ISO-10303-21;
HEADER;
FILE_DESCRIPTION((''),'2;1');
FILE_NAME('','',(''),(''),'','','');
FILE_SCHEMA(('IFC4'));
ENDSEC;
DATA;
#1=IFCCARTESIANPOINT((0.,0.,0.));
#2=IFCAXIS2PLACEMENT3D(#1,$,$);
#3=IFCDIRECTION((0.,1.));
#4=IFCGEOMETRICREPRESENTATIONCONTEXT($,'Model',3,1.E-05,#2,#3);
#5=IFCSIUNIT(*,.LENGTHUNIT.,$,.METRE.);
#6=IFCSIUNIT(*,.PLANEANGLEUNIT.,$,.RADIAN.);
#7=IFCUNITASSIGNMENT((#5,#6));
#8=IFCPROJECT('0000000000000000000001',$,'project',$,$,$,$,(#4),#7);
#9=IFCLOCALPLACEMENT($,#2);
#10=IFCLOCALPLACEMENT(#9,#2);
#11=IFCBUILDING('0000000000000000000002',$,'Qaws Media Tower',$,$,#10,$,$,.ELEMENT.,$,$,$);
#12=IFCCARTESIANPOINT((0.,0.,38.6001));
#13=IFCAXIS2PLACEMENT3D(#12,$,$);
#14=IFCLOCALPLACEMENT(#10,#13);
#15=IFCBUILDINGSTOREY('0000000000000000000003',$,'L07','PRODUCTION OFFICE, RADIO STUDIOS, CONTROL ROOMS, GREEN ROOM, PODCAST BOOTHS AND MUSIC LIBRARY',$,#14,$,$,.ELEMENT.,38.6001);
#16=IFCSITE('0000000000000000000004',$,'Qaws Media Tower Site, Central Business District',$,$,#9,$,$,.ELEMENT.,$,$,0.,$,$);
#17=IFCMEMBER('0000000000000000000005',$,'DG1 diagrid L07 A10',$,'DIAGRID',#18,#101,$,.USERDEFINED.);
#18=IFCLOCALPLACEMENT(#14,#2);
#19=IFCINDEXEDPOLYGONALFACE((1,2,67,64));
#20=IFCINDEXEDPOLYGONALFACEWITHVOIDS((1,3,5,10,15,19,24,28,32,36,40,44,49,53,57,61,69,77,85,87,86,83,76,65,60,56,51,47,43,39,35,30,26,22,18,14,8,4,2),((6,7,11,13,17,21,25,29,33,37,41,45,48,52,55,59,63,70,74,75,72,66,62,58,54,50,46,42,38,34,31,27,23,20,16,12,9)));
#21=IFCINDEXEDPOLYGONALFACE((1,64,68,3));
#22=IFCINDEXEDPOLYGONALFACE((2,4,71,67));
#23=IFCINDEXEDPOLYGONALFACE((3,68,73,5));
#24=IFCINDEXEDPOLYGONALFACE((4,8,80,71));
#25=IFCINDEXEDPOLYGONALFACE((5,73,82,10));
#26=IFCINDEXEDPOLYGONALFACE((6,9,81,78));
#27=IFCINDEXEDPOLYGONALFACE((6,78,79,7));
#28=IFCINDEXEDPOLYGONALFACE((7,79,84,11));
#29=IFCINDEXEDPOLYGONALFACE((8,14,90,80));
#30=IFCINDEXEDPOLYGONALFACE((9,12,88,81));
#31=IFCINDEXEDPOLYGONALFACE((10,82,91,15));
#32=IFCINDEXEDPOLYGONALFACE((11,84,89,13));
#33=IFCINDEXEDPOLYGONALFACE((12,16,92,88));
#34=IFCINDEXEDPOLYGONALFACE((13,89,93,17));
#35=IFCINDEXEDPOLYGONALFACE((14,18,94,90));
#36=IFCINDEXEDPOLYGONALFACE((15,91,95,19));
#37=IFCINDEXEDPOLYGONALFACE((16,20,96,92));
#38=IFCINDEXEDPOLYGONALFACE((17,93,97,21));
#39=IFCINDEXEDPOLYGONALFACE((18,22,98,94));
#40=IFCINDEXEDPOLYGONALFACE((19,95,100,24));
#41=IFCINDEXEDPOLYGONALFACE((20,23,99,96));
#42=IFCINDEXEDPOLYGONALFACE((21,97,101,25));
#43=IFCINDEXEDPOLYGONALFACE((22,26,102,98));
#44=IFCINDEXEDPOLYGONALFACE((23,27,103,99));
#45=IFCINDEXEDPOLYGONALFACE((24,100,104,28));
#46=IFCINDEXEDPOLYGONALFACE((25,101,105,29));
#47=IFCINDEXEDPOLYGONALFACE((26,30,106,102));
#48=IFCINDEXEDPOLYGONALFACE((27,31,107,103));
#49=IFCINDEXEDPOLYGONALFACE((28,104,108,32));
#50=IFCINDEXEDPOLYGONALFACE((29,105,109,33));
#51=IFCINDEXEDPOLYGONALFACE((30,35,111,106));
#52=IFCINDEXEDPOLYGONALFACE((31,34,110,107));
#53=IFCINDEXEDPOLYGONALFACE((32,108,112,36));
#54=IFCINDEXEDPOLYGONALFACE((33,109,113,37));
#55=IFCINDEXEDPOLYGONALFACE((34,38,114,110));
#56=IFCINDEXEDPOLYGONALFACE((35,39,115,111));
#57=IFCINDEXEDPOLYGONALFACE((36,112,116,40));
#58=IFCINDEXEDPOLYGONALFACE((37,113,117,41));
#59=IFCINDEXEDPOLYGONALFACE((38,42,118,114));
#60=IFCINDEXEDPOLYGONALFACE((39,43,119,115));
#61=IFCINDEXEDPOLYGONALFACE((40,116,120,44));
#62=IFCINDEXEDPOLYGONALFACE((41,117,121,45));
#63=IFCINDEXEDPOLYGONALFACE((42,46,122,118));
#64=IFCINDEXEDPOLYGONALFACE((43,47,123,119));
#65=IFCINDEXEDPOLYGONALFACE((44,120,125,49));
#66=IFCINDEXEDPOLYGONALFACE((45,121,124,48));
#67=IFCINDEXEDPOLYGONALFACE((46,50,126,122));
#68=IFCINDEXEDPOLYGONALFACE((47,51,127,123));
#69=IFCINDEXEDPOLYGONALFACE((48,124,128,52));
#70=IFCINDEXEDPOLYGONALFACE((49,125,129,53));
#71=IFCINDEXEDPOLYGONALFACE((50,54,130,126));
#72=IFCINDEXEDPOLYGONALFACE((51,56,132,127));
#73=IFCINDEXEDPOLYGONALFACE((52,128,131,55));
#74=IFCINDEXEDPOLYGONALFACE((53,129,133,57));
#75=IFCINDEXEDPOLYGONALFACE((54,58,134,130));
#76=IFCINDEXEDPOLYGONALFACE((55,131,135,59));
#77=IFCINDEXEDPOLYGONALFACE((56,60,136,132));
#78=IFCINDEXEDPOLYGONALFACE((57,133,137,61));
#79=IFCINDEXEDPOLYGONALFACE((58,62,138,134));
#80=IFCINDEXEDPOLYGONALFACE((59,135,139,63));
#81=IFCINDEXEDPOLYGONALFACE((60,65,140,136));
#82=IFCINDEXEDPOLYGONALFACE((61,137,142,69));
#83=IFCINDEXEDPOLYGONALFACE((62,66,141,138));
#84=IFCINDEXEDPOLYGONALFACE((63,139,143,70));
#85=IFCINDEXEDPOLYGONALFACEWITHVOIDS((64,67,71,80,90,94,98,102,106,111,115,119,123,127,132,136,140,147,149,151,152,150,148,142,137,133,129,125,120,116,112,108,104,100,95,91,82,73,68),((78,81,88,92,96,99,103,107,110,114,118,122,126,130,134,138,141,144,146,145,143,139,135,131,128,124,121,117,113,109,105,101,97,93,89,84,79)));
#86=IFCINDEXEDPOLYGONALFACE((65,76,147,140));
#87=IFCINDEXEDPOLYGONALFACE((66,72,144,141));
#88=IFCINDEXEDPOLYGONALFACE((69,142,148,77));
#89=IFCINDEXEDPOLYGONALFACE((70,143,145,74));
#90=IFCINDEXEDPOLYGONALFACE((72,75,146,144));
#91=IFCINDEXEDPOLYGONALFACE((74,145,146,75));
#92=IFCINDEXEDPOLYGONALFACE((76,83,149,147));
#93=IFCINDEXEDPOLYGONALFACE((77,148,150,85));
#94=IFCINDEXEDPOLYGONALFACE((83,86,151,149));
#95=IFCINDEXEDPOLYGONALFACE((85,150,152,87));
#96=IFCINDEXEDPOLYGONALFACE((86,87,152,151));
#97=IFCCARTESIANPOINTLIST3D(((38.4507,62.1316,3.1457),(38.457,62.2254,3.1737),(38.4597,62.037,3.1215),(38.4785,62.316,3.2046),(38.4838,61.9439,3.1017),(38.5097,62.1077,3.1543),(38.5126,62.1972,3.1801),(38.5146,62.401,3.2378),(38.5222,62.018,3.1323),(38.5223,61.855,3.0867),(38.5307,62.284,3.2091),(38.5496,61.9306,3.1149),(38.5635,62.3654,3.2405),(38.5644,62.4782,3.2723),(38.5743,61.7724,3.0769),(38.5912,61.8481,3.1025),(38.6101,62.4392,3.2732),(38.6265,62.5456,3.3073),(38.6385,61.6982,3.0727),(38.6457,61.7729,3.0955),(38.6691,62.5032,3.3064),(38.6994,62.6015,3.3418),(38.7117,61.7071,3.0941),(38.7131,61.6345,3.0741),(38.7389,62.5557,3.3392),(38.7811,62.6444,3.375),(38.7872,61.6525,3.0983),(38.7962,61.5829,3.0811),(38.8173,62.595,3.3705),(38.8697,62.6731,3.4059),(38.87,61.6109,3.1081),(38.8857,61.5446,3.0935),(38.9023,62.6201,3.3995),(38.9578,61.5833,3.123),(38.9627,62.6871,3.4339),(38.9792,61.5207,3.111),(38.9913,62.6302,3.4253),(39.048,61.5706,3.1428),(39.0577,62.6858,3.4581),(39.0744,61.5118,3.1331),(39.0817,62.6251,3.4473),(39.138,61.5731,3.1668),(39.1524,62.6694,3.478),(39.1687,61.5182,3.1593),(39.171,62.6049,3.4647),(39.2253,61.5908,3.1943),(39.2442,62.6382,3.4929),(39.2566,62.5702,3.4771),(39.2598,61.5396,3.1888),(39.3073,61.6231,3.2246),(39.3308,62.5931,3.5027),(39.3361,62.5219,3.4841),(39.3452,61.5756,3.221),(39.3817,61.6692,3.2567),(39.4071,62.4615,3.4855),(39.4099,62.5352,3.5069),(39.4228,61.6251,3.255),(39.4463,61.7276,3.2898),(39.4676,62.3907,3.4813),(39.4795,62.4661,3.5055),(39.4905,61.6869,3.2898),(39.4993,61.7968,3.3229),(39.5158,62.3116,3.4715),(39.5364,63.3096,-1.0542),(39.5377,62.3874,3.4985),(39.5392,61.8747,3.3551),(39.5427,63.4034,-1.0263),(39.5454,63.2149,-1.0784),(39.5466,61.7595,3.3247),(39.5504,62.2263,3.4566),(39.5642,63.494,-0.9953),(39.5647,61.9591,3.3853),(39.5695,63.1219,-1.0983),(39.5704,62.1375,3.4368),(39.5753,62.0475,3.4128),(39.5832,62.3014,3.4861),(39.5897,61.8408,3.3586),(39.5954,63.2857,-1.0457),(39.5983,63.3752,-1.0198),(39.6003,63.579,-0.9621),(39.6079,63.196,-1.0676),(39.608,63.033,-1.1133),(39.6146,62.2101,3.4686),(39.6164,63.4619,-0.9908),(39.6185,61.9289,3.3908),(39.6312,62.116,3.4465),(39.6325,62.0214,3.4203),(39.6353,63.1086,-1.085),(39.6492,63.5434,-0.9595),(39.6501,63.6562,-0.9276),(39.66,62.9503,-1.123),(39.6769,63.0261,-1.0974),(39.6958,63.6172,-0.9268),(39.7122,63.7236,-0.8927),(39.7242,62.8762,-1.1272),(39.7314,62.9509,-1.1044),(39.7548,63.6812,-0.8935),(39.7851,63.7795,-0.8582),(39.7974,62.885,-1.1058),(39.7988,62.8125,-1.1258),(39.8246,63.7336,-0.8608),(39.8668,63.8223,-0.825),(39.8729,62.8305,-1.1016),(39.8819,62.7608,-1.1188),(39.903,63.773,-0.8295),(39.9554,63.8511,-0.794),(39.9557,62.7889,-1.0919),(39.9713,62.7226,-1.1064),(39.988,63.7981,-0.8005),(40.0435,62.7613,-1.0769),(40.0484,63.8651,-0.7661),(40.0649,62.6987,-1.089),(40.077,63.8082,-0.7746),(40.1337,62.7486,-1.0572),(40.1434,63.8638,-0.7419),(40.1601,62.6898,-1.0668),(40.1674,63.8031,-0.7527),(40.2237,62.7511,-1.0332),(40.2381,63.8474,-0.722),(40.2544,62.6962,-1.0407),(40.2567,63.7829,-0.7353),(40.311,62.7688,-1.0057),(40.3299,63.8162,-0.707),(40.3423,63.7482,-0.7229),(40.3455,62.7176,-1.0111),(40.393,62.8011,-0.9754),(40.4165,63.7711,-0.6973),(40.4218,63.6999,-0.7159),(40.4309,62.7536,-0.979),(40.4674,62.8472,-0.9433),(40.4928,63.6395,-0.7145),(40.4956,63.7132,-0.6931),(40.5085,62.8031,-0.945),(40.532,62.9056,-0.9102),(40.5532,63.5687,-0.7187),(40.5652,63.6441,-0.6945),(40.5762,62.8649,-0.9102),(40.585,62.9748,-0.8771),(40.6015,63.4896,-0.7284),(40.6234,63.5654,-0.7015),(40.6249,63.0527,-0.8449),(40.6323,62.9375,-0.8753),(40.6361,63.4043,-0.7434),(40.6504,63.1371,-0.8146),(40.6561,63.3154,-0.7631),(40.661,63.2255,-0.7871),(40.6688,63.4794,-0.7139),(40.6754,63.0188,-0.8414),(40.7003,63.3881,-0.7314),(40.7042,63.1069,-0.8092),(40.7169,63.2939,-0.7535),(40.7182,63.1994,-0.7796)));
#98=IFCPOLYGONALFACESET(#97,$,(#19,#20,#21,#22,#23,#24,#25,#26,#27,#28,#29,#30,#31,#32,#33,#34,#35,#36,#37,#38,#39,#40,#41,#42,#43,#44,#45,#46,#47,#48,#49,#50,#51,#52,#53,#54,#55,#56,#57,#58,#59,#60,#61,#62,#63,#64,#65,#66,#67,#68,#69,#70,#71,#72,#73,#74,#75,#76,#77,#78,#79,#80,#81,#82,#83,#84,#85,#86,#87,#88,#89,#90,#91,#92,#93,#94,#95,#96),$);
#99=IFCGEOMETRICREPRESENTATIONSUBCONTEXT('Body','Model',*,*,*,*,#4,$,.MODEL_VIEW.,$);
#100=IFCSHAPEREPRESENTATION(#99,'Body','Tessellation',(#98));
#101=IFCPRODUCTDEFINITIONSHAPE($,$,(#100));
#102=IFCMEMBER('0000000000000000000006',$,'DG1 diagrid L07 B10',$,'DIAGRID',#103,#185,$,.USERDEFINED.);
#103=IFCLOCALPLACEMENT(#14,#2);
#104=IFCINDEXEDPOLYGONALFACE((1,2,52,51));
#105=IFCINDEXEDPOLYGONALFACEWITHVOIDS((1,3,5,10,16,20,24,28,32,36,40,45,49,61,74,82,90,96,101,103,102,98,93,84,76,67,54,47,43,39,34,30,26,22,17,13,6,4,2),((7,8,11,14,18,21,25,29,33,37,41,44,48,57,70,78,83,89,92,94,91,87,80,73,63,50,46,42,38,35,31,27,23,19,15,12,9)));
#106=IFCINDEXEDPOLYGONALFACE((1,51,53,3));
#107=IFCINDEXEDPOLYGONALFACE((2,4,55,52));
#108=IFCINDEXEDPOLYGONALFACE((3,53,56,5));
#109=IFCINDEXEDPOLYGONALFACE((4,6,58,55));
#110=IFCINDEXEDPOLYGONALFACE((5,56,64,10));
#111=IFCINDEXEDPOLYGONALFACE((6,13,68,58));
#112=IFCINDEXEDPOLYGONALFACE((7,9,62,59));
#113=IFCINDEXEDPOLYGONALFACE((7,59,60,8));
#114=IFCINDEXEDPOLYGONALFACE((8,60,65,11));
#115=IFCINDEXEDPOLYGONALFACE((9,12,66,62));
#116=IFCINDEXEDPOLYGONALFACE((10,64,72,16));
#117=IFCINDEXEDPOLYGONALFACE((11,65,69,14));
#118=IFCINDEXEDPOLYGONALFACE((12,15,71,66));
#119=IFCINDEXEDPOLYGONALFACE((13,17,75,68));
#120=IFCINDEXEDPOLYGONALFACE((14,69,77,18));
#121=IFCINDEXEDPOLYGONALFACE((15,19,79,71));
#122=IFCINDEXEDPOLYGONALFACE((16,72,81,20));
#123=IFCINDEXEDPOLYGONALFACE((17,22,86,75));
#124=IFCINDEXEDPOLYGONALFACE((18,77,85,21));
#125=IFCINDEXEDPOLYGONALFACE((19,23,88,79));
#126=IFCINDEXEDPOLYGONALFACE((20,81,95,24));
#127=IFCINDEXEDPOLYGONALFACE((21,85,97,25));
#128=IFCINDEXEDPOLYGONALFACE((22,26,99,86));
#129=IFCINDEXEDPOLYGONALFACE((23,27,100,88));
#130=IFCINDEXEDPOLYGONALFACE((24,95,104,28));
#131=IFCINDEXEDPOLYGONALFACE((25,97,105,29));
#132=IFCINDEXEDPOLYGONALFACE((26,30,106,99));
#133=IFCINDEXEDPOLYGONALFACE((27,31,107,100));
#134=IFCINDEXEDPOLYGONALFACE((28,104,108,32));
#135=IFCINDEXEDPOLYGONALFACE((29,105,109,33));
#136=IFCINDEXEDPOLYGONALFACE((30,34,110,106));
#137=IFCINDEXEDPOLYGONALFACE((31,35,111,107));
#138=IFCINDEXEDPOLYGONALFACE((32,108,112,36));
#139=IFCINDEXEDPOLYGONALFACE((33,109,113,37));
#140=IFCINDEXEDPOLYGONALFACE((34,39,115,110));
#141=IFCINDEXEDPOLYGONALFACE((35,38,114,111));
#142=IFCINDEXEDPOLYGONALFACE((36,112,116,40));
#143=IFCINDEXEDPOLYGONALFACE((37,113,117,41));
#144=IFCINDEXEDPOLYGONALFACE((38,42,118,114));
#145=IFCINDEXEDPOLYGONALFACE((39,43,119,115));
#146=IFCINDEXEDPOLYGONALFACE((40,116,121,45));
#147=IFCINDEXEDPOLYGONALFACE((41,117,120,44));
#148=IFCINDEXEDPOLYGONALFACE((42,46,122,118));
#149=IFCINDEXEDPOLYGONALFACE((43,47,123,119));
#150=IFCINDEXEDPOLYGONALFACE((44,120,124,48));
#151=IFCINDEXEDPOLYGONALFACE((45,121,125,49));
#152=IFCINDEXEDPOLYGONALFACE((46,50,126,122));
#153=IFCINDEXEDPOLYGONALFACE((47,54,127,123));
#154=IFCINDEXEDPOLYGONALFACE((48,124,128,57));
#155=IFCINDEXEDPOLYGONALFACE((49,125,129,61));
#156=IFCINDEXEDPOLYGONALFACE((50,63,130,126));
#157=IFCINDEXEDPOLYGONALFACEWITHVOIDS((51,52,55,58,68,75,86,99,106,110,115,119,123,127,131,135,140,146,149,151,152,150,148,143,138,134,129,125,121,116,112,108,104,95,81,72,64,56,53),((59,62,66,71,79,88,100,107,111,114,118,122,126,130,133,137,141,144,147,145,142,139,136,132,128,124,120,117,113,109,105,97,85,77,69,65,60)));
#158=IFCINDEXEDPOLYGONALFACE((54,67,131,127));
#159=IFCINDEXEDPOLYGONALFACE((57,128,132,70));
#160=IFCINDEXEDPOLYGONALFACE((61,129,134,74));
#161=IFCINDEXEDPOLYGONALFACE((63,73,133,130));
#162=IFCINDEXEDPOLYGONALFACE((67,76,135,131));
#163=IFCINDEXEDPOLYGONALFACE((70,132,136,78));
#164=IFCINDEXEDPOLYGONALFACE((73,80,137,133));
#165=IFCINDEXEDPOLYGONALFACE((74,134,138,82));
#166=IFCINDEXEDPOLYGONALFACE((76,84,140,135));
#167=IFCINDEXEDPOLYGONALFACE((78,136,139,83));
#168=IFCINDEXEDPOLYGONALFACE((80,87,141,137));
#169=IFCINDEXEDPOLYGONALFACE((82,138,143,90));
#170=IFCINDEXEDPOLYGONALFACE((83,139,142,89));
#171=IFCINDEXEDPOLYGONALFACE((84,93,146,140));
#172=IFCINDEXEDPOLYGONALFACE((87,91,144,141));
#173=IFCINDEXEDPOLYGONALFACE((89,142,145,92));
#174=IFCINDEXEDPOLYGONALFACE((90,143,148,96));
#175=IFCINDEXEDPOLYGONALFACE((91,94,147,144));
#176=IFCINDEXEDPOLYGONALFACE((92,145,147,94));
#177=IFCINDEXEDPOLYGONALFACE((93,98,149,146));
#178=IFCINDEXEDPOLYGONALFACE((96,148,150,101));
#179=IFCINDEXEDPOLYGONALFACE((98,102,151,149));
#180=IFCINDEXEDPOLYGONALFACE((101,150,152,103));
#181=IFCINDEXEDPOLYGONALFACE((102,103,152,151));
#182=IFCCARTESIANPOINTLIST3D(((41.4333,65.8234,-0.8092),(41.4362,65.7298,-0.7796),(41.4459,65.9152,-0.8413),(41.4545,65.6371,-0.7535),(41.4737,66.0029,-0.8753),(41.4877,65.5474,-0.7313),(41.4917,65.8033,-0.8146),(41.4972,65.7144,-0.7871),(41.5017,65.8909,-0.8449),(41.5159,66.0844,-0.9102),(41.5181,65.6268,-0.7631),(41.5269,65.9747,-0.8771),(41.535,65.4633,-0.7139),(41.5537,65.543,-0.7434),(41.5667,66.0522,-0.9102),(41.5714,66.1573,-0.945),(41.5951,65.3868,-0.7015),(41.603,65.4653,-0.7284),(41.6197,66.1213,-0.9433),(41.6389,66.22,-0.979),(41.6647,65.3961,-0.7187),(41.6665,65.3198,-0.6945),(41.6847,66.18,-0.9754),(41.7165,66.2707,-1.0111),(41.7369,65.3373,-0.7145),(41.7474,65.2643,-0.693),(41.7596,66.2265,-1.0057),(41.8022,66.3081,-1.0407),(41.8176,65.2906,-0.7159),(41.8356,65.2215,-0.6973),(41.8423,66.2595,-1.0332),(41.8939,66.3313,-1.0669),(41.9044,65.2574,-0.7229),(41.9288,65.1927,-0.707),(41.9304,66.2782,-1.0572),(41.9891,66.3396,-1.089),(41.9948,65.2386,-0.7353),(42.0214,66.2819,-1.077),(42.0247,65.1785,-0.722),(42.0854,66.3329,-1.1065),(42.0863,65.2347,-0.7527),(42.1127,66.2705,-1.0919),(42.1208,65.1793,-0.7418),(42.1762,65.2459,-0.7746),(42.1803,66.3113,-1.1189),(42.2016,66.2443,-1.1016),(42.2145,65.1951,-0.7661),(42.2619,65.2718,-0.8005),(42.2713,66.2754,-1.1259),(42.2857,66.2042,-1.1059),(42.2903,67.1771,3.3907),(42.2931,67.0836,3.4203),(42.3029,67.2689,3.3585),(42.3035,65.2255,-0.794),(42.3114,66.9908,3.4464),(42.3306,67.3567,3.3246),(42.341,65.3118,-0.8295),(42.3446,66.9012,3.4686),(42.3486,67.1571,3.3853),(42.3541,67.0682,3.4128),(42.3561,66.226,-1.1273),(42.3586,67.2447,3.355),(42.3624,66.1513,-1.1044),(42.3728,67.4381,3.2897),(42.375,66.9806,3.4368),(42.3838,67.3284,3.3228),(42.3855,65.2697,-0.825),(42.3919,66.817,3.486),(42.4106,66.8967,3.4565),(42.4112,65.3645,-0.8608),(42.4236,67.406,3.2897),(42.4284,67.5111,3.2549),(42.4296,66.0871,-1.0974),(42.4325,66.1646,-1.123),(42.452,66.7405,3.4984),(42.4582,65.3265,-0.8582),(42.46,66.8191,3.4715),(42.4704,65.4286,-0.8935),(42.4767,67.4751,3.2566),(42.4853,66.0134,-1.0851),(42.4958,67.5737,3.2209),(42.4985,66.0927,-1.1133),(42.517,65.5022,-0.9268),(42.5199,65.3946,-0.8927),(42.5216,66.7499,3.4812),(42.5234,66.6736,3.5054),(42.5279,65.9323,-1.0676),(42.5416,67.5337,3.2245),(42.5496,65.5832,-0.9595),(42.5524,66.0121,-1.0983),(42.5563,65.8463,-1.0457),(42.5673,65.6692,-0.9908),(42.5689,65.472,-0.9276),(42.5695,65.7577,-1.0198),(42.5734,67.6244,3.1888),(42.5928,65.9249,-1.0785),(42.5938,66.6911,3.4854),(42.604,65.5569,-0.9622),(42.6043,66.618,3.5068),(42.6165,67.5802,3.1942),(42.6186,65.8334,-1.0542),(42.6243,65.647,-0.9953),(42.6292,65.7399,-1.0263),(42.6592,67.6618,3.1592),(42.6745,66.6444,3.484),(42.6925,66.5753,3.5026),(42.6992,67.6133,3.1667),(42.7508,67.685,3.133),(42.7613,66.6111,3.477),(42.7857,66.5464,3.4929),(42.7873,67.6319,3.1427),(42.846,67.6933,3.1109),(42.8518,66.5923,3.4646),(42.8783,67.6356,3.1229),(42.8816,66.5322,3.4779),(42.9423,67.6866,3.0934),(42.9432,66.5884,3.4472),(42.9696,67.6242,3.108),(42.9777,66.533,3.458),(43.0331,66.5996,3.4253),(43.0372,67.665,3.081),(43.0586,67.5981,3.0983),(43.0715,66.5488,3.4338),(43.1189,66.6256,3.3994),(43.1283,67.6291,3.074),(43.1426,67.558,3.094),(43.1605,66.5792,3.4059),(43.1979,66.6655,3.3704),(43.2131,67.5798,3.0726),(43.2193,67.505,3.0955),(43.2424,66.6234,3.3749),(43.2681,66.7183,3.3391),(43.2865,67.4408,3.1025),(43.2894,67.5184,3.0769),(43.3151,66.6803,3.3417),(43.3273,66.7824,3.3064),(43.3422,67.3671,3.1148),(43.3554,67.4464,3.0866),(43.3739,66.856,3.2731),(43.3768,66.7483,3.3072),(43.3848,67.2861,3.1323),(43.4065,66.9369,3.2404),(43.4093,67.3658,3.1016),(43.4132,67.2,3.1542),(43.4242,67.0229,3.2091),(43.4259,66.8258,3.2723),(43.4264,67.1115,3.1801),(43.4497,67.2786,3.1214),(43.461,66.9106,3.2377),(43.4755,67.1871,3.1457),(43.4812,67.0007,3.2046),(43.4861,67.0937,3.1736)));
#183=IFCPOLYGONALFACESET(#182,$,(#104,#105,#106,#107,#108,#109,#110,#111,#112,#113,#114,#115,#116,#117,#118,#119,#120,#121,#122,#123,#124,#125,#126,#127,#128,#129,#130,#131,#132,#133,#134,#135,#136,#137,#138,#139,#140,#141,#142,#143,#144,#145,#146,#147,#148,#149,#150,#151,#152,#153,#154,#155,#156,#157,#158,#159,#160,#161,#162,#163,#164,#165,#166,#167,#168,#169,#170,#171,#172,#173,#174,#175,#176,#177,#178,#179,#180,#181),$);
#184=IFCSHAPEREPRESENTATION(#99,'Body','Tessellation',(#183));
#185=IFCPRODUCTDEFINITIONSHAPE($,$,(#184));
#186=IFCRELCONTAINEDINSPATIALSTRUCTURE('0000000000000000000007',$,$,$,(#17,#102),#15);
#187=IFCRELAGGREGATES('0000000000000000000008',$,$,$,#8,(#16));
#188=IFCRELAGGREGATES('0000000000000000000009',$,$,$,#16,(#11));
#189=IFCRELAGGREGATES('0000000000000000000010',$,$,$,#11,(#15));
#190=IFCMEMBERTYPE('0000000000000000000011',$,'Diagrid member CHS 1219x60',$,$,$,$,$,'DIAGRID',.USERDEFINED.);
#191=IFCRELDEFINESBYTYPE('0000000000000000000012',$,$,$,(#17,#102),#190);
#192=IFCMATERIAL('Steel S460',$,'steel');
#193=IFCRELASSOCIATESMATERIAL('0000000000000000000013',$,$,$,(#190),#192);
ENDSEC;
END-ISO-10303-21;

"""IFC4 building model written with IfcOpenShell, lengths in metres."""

from ifc_helpers import new_model, si_unit, direction, frame, origin, origin_2d, place, context, subcontext, project, spatial, hollow_circle, extrude, material, material_profile, profile_set, type_object, element, save


model = new_model("IFC4")

# Units and contexts
model_context = context("Model", 3, precision=1e-05, world=origin(), true_north=direction((0.0, 1.0)))
body_context = subcontext(model_context, "Body", "Model", "MODEL_VIEW")
ifc_project = project(units=[si_unit("LENGTHUNIT", "METRE"), si_unit("PLANEANGLEUNIT", "RADIAN")], contexts=[model_context])

# Site, building, storey
site_placement = place(None, origin())
site = spatial("IfcSite", under=ifc_project, at=site_placement, Name="Qaws Media Tower Site, Central Business District", CompositionType="ELEMENT", RefElevation=0.0)
building_placement = place(site_placement, origin())
building = spatial("IfcBuilding", under=site, at=building_placement, Name="Qaws Media Tower", CompositionType="ELEMENT")
storey_placement = place(building_placement, frame((0.0, 0.0, 38.6001)))
storey = spatial("IfcBuildingStorey", under=building, at=storey_placement, Name="L07", Description="PRODUCTION OFFICE, RADIO STUDIOS, CONTROL ROOMS, GREEN ROOM, PODCAST BOOTHS AND MUSIC LIBRARY", CompositionType="ELEMENT", Elevation=38.6001)

# Members
ifc_material_1 = material(Name="Steel S460", Category="steel")
ifc_material_profile_1 = material_profile(ifc_material_1, hollow_circle(Radius=0.6096, WallThickness=0.0601, at=origin_2d()), Name="CHS 1219x60")
ifc_profile_set_1 = profile_set([ifc_material_profile_1], Name="Steel S460")
member_type_1 = type_object("IfcMemberType", Name="Diagrid member CHS 1219x60", ElementType="DIAGRID", PredefinedType="USERDEFINED", material=ifc_profile_set_1)
for number, where, z_axis, x_axis, name in (
    (1, (40.1279, 63.2781, -0.9102), (-0.241528, -0.262058, 0.934339), (0.735323, -0.677717, 0.0), "DG1 diagrid L07 A10"),
    (2, (42.031, 65.7583, -0.9102), (0.190634, 0.301158, 0.934324), (-0.844945, 0.534853, 0.0), "DG1 diagrid L07 B10"),
):
    element("IfcMember", number, at=place(storey_placement, frame(where, z_axis=z_axis, x_axis=x_axis)), inside=storey, type_object=member_type_1, Name=name, ObjectType="DIAGRID", PredefinedType="USERDEFINED", context=body_context, shape_type="SweptSolid", body=[
        extrude(hollow_circle(Radius=0.6096, WallThickness=0.0601, at=origin_2d()), origin(), (0.0, 0.0, 1.0), 4.4951),
    ])

save(model, "model.ifc")
